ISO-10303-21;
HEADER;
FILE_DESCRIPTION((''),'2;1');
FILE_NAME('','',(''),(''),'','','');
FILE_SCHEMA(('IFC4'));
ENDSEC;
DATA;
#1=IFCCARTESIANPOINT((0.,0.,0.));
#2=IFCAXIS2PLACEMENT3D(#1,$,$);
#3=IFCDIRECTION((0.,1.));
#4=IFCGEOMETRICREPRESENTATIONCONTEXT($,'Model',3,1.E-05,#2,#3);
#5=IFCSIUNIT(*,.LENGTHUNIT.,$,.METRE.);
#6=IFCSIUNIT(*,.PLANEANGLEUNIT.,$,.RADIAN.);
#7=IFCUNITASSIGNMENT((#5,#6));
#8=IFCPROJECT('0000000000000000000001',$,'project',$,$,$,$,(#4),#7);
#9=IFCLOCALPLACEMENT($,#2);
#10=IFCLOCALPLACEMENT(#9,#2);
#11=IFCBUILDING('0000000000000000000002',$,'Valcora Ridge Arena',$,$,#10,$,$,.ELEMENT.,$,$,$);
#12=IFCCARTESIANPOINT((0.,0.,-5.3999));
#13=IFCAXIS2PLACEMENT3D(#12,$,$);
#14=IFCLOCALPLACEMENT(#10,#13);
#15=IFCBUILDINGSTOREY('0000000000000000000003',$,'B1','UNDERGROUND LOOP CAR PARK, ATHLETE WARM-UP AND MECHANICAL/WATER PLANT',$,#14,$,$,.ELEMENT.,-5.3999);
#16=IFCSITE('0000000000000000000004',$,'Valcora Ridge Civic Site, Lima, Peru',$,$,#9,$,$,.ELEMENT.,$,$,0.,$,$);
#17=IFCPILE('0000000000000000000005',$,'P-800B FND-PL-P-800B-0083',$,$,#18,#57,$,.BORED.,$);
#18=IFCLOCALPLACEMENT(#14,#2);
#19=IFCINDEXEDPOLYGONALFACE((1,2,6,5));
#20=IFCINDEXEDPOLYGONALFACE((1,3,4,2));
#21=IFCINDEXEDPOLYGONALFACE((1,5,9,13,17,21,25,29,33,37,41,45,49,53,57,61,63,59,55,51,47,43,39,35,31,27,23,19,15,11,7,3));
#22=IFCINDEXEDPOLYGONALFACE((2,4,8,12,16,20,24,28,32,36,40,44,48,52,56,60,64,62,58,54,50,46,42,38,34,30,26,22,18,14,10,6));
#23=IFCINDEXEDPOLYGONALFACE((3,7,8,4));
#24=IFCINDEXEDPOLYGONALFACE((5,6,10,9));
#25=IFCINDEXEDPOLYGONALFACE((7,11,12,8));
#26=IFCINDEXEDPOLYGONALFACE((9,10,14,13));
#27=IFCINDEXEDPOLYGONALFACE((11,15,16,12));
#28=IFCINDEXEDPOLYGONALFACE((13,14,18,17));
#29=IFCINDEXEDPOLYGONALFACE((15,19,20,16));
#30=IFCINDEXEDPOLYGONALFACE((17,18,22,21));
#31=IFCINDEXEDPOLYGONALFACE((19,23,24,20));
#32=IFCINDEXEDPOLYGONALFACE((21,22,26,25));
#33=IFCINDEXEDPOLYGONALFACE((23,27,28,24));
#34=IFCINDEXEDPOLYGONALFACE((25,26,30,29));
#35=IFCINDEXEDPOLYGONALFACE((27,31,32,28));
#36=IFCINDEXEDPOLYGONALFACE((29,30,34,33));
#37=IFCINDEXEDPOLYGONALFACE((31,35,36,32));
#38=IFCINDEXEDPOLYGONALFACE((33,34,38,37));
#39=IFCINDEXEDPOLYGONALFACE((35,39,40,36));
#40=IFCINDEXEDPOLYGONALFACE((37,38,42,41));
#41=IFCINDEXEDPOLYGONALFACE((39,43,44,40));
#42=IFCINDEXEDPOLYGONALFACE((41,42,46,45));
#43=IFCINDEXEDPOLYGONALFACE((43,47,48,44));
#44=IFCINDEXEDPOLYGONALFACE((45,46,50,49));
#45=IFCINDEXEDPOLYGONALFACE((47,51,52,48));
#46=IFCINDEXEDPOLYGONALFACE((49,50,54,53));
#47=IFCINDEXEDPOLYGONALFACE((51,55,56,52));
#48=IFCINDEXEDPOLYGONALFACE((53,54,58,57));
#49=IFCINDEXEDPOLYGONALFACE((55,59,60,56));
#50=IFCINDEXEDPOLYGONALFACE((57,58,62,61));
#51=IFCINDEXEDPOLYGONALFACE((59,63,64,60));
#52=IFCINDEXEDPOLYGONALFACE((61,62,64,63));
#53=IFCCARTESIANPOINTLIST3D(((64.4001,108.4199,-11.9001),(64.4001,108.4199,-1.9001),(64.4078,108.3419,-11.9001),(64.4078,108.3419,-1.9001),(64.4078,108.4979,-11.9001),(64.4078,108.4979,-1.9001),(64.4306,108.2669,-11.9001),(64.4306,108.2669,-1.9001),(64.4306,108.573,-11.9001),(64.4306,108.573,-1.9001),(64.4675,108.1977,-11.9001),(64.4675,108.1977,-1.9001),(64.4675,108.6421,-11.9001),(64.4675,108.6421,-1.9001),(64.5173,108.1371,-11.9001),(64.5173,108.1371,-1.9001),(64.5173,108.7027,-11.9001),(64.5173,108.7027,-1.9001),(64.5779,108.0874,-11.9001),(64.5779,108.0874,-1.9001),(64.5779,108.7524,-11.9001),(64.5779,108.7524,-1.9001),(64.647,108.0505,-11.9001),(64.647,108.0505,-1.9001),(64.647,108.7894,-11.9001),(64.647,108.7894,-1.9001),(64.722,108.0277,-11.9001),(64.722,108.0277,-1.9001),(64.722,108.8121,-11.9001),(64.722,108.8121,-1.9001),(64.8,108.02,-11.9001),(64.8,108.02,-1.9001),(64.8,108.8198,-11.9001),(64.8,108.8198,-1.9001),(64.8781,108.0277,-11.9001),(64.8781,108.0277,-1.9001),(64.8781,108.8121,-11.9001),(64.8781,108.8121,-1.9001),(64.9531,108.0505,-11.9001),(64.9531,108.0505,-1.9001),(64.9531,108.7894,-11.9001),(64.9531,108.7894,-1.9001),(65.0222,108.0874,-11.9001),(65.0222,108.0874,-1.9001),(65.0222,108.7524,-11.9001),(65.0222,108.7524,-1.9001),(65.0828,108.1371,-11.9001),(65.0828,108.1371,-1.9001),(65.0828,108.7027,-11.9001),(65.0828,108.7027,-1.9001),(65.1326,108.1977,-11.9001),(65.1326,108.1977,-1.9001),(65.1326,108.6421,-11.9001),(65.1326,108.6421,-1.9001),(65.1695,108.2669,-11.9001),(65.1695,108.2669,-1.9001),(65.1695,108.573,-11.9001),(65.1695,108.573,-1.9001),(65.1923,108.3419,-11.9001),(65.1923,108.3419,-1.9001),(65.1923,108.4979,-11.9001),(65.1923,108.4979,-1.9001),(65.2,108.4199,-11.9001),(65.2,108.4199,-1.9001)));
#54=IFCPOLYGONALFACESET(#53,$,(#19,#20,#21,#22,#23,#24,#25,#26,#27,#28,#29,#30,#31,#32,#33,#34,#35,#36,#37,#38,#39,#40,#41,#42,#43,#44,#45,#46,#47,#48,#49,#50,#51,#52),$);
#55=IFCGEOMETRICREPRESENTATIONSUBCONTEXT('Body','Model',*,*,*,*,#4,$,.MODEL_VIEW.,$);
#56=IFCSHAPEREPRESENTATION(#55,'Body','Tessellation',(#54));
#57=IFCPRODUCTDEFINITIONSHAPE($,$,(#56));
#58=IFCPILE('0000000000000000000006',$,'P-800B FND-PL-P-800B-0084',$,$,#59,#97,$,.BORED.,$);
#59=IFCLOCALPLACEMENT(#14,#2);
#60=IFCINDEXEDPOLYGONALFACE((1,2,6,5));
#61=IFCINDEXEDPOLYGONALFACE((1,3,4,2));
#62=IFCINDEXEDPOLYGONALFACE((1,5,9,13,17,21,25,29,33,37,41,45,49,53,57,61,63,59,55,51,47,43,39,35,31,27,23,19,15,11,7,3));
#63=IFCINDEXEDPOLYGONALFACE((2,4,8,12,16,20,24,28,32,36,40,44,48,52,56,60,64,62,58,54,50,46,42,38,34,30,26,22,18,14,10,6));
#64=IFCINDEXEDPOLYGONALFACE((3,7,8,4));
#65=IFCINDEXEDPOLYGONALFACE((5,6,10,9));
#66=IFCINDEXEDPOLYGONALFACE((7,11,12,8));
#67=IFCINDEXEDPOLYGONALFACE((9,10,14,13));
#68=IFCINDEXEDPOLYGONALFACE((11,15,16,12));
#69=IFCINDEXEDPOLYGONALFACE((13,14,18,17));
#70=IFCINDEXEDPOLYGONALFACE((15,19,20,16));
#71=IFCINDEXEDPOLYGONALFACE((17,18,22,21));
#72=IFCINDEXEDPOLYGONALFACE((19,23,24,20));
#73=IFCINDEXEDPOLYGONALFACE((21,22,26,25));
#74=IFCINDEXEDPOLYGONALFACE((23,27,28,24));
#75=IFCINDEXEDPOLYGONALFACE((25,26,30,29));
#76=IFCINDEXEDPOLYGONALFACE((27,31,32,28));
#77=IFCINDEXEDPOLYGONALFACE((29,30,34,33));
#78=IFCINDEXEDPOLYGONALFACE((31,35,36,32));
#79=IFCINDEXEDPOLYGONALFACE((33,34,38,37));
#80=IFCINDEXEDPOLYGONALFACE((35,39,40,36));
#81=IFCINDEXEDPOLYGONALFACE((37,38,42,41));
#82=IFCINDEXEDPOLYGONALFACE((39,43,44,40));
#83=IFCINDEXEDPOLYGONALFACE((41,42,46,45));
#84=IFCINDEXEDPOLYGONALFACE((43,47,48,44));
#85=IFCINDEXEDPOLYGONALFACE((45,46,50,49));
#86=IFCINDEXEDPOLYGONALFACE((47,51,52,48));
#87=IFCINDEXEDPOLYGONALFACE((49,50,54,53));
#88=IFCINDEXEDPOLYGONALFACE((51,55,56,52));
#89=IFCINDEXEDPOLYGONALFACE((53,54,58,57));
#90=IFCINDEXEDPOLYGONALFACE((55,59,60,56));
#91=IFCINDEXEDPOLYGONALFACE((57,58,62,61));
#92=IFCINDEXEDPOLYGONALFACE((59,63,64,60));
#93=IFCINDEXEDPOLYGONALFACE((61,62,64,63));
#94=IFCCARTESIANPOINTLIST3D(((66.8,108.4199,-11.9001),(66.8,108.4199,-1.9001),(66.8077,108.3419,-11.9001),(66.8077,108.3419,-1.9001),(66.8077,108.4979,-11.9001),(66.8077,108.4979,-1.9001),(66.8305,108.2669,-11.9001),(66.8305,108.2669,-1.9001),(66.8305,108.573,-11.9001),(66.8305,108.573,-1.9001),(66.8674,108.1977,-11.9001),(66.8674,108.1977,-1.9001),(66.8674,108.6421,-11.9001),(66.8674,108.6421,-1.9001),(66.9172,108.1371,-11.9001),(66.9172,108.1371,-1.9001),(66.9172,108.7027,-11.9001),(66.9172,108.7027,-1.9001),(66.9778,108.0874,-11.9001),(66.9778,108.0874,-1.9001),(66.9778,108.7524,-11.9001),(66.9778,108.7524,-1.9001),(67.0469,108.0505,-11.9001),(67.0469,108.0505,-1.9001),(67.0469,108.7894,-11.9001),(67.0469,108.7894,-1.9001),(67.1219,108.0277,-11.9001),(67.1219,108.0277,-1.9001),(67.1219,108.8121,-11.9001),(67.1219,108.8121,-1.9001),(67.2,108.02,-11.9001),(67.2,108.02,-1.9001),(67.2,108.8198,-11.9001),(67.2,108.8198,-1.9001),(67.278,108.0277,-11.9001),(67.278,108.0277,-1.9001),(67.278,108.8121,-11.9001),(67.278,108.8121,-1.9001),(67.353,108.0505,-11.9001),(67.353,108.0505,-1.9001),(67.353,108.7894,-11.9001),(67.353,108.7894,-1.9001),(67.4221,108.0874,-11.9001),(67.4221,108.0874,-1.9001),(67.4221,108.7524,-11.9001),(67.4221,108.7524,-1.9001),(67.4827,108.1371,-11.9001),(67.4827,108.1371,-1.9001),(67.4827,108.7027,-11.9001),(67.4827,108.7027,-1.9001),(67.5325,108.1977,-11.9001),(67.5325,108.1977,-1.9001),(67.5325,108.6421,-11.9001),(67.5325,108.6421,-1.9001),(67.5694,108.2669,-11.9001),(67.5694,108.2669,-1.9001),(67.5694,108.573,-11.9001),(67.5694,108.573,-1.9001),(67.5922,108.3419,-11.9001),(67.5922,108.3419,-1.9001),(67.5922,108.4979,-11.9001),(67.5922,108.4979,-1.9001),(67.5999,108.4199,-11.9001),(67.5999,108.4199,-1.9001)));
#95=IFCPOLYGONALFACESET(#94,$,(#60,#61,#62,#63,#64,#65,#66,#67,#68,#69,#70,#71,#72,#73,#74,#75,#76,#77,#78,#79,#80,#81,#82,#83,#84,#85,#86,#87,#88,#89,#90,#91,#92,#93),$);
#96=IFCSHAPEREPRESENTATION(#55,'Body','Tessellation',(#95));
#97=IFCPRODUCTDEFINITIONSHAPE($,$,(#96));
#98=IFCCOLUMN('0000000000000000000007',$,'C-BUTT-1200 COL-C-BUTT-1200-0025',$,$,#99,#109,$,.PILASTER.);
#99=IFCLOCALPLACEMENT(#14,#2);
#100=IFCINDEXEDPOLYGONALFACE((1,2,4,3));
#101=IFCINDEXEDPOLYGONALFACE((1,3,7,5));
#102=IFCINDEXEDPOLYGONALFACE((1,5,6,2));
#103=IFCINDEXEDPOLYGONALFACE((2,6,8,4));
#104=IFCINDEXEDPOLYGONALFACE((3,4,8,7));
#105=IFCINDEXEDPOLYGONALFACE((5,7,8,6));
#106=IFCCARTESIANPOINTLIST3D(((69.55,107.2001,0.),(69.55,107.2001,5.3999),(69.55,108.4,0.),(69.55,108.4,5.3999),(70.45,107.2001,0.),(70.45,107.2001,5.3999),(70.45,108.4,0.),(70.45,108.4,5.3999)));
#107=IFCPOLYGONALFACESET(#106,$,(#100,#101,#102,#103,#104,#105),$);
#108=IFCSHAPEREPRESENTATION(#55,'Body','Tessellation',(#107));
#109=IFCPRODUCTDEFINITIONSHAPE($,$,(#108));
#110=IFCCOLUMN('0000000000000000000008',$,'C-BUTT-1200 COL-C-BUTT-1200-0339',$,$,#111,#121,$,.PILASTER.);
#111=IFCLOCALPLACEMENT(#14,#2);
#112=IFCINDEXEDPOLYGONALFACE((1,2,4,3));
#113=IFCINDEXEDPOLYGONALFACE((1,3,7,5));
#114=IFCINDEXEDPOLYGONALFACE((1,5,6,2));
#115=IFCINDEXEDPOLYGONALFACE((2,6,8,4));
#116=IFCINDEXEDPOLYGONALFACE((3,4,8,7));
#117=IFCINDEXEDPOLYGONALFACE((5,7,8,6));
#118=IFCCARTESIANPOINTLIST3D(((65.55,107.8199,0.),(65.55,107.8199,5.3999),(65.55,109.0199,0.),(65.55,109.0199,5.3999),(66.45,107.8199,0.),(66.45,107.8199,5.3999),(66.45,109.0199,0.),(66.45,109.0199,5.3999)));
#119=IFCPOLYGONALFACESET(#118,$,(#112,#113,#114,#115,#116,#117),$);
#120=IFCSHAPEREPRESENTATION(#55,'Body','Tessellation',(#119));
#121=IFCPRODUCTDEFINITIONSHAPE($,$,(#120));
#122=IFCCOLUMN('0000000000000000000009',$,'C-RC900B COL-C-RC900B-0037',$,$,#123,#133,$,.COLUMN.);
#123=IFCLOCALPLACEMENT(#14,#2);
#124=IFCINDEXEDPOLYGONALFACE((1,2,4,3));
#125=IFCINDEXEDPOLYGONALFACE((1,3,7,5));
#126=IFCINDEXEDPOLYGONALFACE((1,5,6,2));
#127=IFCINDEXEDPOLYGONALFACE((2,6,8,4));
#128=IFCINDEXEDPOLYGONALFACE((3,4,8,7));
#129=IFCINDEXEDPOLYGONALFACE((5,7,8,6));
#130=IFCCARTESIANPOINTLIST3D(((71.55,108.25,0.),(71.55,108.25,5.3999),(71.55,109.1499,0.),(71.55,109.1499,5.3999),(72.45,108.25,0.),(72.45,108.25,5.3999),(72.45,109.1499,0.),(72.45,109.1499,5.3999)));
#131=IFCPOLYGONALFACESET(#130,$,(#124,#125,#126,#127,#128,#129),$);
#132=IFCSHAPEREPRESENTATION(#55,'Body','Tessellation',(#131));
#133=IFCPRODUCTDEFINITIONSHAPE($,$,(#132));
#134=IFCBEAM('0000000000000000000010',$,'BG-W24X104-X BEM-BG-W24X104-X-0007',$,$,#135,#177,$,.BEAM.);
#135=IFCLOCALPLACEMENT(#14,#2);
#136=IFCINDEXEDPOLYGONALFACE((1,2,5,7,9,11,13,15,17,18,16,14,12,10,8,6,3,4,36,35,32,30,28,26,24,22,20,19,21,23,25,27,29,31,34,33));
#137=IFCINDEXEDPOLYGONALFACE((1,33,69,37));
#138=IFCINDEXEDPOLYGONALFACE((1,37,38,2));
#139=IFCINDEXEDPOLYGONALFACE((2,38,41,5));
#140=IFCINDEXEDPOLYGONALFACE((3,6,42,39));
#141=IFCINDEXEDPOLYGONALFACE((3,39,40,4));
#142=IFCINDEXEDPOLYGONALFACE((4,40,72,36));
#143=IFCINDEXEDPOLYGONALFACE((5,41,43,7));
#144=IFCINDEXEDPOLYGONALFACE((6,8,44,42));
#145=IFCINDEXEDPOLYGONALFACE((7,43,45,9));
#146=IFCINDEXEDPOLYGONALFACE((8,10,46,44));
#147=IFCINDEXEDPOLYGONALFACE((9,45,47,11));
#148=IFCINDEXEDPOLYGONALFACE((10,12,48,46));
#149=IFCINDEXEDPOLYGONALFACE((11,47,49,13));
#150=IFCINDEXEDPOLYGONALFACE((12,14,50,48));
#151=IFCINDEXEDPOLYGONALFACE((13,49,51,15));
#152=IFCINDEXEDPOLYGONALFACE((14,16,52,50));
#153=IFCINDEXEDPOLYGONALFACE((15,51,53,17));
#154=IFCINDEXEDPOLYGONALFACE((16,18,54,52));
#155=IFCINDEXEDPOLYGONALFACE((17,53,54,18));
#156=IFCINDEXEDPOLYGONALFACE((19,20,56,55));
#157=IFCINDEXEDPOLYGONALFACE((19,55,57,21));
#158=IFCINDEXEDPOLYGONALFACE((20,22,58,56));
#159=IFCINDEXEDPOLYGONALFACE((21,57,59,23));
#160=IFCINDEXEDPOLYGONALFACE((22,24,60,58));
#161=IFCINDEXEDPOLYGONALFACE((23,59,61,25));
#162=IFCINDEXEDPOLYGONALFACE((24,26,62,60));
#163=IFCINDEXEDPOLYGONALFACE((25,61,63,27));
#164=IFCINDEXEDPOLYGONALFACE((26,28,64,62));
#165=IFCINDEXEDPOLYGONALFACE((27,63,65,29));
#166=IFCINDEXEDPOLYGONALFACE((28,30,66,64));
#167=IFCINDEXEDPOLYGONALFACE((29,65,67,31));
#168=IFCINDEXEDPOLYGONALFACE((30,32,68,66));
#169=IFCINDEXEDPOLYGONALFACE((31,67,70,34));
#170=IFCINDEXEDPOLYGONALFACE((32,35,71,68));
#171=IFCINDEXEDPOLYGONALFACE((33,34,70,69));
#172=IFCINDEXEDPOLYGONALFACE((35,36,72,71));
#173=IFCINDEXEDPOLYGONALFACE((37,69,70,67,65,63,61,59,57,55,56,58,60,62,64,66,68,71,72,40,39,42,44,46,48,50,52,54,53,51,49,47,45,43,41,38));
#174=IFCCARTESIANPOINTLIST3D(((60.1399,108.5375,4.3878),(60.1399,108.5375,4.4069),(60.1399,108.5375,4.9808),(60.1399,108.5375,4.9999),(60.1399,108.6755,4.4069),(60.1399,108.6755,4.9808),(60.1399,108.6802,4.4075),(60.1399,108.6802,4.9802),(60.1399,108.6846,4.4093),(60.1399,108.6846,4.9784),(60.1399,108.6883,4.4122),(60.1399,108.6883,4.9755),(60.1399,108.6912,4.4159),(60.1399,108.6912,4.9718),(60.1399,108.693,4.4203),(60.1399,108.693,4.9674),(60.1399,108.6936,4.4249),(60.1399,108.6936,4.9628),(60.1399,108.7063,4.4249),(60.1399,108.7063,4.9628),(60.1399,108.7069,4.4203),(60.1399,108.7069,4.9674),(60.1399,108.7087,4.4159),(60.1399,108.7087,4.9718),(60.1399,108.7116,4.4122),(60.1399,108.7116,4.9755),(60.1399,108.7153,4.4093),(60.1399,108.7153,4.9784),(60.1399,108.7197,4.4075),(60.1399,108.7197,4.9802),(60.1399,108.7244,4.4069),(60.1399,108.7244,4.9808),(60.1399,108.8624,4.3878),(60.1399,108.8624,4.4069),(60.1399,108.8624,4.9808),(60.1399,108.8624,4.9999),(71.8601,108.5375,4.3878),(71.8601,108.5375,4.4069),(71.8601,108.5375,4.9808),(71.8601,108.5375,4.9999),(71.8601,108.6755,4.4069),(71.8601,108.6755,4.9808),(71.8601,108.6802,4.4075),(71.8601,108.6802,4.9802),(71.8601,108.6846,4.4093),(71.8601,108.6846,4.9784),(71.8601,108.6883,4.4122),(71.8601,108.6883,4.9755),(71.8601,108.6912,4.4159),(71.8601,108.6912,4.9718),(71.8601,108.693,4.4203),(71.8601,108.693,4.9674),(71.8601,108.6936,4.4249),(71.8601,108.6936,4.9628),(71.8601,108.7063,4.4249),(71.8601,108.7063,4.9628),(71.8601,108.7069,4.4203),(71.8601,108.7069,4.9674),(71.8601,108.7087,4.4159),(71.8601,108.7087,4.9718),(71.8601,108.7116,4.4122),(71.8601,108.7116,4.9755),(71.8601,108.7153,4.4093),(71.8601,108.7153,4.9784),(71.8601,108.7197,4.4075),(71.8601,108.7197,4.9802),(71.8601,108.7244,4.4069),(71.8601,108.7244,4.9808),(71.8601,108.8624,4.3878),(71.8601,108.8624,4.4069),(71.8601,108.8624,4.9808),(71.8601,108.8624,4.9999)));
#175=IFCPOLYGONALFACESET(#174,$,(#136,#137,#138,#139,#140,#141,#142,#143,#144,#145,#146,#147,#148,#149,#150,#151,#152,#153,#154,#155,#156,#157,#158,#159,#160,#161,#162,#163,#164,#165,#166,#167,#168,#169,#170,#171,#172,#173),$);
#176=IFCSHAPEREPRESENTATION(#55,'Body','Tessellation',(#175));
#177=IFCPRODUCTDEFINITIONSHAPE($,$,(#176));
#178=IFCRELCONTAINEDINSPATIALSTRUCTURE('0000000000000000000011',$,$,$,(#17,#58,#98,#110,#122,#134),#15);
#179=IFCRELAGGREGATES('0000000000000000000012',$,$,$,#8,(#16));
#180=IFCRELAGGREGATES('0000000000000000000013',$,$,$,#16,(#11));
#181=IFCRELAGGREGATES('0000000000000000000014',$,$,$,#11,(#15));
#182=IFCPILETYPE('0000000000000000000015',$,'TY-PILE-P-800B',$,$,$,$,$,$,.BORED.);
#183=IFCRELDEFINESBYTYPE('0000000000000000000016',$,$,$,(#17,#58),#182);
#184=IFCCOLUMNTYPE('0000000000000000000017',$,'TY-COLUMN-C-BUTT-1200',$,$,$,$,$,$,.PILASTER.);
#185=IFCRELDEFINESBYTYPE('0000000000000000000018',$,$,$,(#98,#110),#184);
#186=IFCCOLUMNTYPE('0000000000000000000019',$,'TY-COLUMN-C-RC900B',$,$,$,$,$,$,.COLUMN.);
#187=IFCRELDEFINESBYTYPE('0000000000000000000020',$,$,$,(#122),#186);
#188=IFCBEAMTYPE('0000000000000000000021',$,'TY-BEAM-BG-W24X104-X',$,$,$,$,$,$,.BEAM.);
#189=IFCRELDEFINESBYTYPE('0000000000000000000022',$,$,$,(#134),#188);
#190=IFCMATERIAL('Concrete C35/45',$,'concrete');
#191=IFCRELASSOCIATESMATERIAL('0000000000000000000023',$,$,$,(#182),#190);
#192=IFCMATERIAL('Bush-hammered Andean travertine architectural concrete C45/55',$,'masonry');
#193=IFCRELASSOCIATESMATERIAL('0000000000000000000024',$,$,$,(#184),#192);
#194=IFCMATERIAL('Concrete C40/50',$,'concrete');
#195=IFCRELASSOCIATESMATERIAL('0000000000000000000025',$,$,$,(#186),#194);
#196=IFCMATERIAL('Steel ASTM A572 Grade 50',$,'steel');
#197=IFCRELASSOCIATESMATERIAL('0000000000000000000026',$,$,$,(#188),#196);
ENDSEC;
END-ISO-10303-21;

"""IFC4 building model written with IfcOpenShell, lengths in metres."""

from ifc_helpers import new_model, si_unit, direction, frame, origin, origin_2d, place, context, subcontext, project, spatial, rectangle, circle, i_section, extrude, material, material_profile, profile_set, type_object, element, save


model = new_model("IFC4")

# Units and contexts
model_context = context("Model", 3, precision=1e-05, world=origin(), true_north=direction((0.0, 1.0)))
body_context = subcontext(model_context, "Body", "Model", "MODEL_VIEW")
ifc_project = project(units=[si_unit("LENGTHUNIT", "METRE"), si_unit("PLANEANGLEUNIT", "RADIAN")], contexts=[model_context])

# Site, building, storey
site_placement = place(None, origin())
site = spatial("IfcSite", under=ifc_project, at=site_placement, Name="Valcora Ridge Civic Site, Lima, Peru", CompositionType="ELEMENT", RefElevation=0.0)
building_placement = place(site_placement, origin())
building = spatial("IfcBuilding", under=site, at=building_placement, Name="Valcora Ridge Arena", CompositionType="ELEMENT")
storey_placement = place(building_placement, frame((0.0, 0.0, -5.3999)))
storey = spatial("IfcBuildingStorey", under=building, at=storey_placement, Name="B1", Description="UNDERGROUND LOOP CAR PARK, ATHLETE WARM-UP AND MECHANICAL/WATER PLANT", CompositionType="ELEMENT", Elevation=-5.3999)

# Shared definitions
ifc_material_1 = material(Name="Concrete C40/50", Category="concrete")

# Piles
ifc_material_2 = material(Name="Concrete C35/45", Category="concrete")
ifc_material_profile_1 = material_profile(ifc_material_2, circle(Radius=0.3999, at=origin_2d()), Name="BORED PILE D800")
ifc_profile_set_1 = profile_set([ifc_material_profile_1], Name="Concrete C35/45")
pile_type_1 = type_object("IfcPileType", Name="TY-PILE-P-800B", PredefinedType="BORED", material=ifc_profile_set_1)
for number, where, z_axis, x_axis, name in (
    (1, (64.8, 108.4199, -1.9001), (0.0, 0.0, -1.0), (1.0, 0.0, 0.0), "P-800B FND-PL-P-800B-0083"),
    (2, (67.2, 108.4199, -1.9001), (0.0, 0.0, -1.0), (1.0, 0.0, 0.0), "P-800B FND-PL-P-800B-0084"),
):
    element("IfcPile", number, at=place(storey_placement, frame(where, z_axis=z_axis, x_axis=x_axis)), inside=storey, type_object=pile_type_1, Name=name, PredefinedType="BORED", context=body_context, shape_type="SweptSolid", body=[
        extrude(circle(Radius=0.3999, at=origin_2d()), origin(), (0.0, 0.0, 1.0), 10.0),
    ])

# Columns
ifc_material_3 = material(Name="Bush-hammered Andean travertine architectural concrete C45/55", Category="masonry")
ifc_material_profile_2 = material_profile(ifc_material_3, rectangle(XDim=0.8999, YDim=1.2, at=origin_2d()), Name="RC 900x1200")
ifc_profile_set_2 = profile_set([ifc_material_profile_2], Name="Bush-hammered Andean travertine architectural concrete C45/55")
column_type_1 = type_object("IfcColumnType", Name="TY-COLUMN-C-BUTT-1200", PredefinedType="PILASTER", material=ifc_profile_set_2)
for number, where, z_axis, x_axis, name in (
    (3, (70.0, 107.8, 0.0), (0.0, 0.0, 1.0), (1.0, 0.0, 0.0), "C-BUTT-1200 COL-C-BUTT-1200-0025"),
    (4, (66.0, 108.4199, 0.0), (0.0, 0.0, 1.0), (1.0, 0.0, 0.0), "C-BUTT-1200 COL-C-BUTT-1200-0339"),
):
    element("IfcColumn", number, at=place(storey_placement, frame(where, z_axis=z_axis, x_axis=x_axis)), inside=storey, type_object=column_type_1, Name=name, PredefinedType="PILASTER", context=body_context, shape_type="SweptSolid", body=[
        extrude(rectangle(XDim=0.8999, YDim=1.2, at=origin_2d()), origin(), (0.0, 0.0, 1.0), 5.3999),
    ])
ifc_material_profile_3 = material_profile(ifc_material_1, rectangle(XDim=0.8999, YDim=0.8999, at=origin_2d()), Name="RC 900x900")
ifc_profile_set_3 = profile_set([ifc_material_profile_3], Name="Concrete C40/50")
column_type_2 = type_object("IfcColumnType", Name="TY-COLUMN-C-RC900B", PredefinedType="COLUMN", material=ifc_profile_set_3)
column_placement = place(storey_placement, frame((72.0, 108.7, 0.0), z_axis=(0.0, 0.0, 1.0), x_axis=(1.0, 0.0, 0.0)))
element("IfcColumn", 5, at=column_placement, inside=storey, type_object=column_type_2, Name="C-RC900B COL-C-RC900B-0037", PredefinedType="COLUMN", context=body_context, shape_type="SweptSolid", body=[
    extrude(rectangle(XDim=0.8999, YDim=0.8999, at=origin_2d()), origin(), (0.0, 0.0, 1.0), 5.3999),
])

# Beam
ifc_material_4 = material(Name="Steel ASTM A572 Grade 50", Category="steel")
ifc_material_profile_4 = material_profile(ifc_material_4, i_section(OverallWidth=0.325, OverallDepth=0.6121, WebThickness=0.0127, FlangeThickness=0.019, FilletRadius=0.0181, at=origin_2d()), Name="W24X104")
ifc_profile_set_4 = profile_set([ifc_material_profile_4], Name="Steel ASTM A572 Grade 50")
beam_type_1 = type_object("IfcBeamType", Name="TY-BEAM-BG-W24X104-X", PredefinedType="BEAM", material=ifc_profile_set_4)
for number, where, z_axis, x_axis, name in (
    (6, (60.1399, 108.7, 4.6938), (1.0, 0.0, 0.0), (0.0, 1.0, 0.0), "BG-W24X104-X BEM-BG-W24X104-X-0007"),
):
    element("IfcBeam", number, at=place(storey_placement, frame(where, z_axis=z_axis, x_axis=x_axis)), inside=storey, type_object=beam_type_1, Name=name, PredefinedType="BEAM", context=body_context, shape_type="SweptSolid", body=[
        extrude(i_section(OverallWidth=0.325, OverallDepth=0.6121, WebThickness=0.0127, FlangeThickness=0.019, FilletRadius=0.0181, at=origin_2d()), origin(), (0.0, 0.0, 1.0), 11.7202),
    ])

save(model, "model.ifc")
